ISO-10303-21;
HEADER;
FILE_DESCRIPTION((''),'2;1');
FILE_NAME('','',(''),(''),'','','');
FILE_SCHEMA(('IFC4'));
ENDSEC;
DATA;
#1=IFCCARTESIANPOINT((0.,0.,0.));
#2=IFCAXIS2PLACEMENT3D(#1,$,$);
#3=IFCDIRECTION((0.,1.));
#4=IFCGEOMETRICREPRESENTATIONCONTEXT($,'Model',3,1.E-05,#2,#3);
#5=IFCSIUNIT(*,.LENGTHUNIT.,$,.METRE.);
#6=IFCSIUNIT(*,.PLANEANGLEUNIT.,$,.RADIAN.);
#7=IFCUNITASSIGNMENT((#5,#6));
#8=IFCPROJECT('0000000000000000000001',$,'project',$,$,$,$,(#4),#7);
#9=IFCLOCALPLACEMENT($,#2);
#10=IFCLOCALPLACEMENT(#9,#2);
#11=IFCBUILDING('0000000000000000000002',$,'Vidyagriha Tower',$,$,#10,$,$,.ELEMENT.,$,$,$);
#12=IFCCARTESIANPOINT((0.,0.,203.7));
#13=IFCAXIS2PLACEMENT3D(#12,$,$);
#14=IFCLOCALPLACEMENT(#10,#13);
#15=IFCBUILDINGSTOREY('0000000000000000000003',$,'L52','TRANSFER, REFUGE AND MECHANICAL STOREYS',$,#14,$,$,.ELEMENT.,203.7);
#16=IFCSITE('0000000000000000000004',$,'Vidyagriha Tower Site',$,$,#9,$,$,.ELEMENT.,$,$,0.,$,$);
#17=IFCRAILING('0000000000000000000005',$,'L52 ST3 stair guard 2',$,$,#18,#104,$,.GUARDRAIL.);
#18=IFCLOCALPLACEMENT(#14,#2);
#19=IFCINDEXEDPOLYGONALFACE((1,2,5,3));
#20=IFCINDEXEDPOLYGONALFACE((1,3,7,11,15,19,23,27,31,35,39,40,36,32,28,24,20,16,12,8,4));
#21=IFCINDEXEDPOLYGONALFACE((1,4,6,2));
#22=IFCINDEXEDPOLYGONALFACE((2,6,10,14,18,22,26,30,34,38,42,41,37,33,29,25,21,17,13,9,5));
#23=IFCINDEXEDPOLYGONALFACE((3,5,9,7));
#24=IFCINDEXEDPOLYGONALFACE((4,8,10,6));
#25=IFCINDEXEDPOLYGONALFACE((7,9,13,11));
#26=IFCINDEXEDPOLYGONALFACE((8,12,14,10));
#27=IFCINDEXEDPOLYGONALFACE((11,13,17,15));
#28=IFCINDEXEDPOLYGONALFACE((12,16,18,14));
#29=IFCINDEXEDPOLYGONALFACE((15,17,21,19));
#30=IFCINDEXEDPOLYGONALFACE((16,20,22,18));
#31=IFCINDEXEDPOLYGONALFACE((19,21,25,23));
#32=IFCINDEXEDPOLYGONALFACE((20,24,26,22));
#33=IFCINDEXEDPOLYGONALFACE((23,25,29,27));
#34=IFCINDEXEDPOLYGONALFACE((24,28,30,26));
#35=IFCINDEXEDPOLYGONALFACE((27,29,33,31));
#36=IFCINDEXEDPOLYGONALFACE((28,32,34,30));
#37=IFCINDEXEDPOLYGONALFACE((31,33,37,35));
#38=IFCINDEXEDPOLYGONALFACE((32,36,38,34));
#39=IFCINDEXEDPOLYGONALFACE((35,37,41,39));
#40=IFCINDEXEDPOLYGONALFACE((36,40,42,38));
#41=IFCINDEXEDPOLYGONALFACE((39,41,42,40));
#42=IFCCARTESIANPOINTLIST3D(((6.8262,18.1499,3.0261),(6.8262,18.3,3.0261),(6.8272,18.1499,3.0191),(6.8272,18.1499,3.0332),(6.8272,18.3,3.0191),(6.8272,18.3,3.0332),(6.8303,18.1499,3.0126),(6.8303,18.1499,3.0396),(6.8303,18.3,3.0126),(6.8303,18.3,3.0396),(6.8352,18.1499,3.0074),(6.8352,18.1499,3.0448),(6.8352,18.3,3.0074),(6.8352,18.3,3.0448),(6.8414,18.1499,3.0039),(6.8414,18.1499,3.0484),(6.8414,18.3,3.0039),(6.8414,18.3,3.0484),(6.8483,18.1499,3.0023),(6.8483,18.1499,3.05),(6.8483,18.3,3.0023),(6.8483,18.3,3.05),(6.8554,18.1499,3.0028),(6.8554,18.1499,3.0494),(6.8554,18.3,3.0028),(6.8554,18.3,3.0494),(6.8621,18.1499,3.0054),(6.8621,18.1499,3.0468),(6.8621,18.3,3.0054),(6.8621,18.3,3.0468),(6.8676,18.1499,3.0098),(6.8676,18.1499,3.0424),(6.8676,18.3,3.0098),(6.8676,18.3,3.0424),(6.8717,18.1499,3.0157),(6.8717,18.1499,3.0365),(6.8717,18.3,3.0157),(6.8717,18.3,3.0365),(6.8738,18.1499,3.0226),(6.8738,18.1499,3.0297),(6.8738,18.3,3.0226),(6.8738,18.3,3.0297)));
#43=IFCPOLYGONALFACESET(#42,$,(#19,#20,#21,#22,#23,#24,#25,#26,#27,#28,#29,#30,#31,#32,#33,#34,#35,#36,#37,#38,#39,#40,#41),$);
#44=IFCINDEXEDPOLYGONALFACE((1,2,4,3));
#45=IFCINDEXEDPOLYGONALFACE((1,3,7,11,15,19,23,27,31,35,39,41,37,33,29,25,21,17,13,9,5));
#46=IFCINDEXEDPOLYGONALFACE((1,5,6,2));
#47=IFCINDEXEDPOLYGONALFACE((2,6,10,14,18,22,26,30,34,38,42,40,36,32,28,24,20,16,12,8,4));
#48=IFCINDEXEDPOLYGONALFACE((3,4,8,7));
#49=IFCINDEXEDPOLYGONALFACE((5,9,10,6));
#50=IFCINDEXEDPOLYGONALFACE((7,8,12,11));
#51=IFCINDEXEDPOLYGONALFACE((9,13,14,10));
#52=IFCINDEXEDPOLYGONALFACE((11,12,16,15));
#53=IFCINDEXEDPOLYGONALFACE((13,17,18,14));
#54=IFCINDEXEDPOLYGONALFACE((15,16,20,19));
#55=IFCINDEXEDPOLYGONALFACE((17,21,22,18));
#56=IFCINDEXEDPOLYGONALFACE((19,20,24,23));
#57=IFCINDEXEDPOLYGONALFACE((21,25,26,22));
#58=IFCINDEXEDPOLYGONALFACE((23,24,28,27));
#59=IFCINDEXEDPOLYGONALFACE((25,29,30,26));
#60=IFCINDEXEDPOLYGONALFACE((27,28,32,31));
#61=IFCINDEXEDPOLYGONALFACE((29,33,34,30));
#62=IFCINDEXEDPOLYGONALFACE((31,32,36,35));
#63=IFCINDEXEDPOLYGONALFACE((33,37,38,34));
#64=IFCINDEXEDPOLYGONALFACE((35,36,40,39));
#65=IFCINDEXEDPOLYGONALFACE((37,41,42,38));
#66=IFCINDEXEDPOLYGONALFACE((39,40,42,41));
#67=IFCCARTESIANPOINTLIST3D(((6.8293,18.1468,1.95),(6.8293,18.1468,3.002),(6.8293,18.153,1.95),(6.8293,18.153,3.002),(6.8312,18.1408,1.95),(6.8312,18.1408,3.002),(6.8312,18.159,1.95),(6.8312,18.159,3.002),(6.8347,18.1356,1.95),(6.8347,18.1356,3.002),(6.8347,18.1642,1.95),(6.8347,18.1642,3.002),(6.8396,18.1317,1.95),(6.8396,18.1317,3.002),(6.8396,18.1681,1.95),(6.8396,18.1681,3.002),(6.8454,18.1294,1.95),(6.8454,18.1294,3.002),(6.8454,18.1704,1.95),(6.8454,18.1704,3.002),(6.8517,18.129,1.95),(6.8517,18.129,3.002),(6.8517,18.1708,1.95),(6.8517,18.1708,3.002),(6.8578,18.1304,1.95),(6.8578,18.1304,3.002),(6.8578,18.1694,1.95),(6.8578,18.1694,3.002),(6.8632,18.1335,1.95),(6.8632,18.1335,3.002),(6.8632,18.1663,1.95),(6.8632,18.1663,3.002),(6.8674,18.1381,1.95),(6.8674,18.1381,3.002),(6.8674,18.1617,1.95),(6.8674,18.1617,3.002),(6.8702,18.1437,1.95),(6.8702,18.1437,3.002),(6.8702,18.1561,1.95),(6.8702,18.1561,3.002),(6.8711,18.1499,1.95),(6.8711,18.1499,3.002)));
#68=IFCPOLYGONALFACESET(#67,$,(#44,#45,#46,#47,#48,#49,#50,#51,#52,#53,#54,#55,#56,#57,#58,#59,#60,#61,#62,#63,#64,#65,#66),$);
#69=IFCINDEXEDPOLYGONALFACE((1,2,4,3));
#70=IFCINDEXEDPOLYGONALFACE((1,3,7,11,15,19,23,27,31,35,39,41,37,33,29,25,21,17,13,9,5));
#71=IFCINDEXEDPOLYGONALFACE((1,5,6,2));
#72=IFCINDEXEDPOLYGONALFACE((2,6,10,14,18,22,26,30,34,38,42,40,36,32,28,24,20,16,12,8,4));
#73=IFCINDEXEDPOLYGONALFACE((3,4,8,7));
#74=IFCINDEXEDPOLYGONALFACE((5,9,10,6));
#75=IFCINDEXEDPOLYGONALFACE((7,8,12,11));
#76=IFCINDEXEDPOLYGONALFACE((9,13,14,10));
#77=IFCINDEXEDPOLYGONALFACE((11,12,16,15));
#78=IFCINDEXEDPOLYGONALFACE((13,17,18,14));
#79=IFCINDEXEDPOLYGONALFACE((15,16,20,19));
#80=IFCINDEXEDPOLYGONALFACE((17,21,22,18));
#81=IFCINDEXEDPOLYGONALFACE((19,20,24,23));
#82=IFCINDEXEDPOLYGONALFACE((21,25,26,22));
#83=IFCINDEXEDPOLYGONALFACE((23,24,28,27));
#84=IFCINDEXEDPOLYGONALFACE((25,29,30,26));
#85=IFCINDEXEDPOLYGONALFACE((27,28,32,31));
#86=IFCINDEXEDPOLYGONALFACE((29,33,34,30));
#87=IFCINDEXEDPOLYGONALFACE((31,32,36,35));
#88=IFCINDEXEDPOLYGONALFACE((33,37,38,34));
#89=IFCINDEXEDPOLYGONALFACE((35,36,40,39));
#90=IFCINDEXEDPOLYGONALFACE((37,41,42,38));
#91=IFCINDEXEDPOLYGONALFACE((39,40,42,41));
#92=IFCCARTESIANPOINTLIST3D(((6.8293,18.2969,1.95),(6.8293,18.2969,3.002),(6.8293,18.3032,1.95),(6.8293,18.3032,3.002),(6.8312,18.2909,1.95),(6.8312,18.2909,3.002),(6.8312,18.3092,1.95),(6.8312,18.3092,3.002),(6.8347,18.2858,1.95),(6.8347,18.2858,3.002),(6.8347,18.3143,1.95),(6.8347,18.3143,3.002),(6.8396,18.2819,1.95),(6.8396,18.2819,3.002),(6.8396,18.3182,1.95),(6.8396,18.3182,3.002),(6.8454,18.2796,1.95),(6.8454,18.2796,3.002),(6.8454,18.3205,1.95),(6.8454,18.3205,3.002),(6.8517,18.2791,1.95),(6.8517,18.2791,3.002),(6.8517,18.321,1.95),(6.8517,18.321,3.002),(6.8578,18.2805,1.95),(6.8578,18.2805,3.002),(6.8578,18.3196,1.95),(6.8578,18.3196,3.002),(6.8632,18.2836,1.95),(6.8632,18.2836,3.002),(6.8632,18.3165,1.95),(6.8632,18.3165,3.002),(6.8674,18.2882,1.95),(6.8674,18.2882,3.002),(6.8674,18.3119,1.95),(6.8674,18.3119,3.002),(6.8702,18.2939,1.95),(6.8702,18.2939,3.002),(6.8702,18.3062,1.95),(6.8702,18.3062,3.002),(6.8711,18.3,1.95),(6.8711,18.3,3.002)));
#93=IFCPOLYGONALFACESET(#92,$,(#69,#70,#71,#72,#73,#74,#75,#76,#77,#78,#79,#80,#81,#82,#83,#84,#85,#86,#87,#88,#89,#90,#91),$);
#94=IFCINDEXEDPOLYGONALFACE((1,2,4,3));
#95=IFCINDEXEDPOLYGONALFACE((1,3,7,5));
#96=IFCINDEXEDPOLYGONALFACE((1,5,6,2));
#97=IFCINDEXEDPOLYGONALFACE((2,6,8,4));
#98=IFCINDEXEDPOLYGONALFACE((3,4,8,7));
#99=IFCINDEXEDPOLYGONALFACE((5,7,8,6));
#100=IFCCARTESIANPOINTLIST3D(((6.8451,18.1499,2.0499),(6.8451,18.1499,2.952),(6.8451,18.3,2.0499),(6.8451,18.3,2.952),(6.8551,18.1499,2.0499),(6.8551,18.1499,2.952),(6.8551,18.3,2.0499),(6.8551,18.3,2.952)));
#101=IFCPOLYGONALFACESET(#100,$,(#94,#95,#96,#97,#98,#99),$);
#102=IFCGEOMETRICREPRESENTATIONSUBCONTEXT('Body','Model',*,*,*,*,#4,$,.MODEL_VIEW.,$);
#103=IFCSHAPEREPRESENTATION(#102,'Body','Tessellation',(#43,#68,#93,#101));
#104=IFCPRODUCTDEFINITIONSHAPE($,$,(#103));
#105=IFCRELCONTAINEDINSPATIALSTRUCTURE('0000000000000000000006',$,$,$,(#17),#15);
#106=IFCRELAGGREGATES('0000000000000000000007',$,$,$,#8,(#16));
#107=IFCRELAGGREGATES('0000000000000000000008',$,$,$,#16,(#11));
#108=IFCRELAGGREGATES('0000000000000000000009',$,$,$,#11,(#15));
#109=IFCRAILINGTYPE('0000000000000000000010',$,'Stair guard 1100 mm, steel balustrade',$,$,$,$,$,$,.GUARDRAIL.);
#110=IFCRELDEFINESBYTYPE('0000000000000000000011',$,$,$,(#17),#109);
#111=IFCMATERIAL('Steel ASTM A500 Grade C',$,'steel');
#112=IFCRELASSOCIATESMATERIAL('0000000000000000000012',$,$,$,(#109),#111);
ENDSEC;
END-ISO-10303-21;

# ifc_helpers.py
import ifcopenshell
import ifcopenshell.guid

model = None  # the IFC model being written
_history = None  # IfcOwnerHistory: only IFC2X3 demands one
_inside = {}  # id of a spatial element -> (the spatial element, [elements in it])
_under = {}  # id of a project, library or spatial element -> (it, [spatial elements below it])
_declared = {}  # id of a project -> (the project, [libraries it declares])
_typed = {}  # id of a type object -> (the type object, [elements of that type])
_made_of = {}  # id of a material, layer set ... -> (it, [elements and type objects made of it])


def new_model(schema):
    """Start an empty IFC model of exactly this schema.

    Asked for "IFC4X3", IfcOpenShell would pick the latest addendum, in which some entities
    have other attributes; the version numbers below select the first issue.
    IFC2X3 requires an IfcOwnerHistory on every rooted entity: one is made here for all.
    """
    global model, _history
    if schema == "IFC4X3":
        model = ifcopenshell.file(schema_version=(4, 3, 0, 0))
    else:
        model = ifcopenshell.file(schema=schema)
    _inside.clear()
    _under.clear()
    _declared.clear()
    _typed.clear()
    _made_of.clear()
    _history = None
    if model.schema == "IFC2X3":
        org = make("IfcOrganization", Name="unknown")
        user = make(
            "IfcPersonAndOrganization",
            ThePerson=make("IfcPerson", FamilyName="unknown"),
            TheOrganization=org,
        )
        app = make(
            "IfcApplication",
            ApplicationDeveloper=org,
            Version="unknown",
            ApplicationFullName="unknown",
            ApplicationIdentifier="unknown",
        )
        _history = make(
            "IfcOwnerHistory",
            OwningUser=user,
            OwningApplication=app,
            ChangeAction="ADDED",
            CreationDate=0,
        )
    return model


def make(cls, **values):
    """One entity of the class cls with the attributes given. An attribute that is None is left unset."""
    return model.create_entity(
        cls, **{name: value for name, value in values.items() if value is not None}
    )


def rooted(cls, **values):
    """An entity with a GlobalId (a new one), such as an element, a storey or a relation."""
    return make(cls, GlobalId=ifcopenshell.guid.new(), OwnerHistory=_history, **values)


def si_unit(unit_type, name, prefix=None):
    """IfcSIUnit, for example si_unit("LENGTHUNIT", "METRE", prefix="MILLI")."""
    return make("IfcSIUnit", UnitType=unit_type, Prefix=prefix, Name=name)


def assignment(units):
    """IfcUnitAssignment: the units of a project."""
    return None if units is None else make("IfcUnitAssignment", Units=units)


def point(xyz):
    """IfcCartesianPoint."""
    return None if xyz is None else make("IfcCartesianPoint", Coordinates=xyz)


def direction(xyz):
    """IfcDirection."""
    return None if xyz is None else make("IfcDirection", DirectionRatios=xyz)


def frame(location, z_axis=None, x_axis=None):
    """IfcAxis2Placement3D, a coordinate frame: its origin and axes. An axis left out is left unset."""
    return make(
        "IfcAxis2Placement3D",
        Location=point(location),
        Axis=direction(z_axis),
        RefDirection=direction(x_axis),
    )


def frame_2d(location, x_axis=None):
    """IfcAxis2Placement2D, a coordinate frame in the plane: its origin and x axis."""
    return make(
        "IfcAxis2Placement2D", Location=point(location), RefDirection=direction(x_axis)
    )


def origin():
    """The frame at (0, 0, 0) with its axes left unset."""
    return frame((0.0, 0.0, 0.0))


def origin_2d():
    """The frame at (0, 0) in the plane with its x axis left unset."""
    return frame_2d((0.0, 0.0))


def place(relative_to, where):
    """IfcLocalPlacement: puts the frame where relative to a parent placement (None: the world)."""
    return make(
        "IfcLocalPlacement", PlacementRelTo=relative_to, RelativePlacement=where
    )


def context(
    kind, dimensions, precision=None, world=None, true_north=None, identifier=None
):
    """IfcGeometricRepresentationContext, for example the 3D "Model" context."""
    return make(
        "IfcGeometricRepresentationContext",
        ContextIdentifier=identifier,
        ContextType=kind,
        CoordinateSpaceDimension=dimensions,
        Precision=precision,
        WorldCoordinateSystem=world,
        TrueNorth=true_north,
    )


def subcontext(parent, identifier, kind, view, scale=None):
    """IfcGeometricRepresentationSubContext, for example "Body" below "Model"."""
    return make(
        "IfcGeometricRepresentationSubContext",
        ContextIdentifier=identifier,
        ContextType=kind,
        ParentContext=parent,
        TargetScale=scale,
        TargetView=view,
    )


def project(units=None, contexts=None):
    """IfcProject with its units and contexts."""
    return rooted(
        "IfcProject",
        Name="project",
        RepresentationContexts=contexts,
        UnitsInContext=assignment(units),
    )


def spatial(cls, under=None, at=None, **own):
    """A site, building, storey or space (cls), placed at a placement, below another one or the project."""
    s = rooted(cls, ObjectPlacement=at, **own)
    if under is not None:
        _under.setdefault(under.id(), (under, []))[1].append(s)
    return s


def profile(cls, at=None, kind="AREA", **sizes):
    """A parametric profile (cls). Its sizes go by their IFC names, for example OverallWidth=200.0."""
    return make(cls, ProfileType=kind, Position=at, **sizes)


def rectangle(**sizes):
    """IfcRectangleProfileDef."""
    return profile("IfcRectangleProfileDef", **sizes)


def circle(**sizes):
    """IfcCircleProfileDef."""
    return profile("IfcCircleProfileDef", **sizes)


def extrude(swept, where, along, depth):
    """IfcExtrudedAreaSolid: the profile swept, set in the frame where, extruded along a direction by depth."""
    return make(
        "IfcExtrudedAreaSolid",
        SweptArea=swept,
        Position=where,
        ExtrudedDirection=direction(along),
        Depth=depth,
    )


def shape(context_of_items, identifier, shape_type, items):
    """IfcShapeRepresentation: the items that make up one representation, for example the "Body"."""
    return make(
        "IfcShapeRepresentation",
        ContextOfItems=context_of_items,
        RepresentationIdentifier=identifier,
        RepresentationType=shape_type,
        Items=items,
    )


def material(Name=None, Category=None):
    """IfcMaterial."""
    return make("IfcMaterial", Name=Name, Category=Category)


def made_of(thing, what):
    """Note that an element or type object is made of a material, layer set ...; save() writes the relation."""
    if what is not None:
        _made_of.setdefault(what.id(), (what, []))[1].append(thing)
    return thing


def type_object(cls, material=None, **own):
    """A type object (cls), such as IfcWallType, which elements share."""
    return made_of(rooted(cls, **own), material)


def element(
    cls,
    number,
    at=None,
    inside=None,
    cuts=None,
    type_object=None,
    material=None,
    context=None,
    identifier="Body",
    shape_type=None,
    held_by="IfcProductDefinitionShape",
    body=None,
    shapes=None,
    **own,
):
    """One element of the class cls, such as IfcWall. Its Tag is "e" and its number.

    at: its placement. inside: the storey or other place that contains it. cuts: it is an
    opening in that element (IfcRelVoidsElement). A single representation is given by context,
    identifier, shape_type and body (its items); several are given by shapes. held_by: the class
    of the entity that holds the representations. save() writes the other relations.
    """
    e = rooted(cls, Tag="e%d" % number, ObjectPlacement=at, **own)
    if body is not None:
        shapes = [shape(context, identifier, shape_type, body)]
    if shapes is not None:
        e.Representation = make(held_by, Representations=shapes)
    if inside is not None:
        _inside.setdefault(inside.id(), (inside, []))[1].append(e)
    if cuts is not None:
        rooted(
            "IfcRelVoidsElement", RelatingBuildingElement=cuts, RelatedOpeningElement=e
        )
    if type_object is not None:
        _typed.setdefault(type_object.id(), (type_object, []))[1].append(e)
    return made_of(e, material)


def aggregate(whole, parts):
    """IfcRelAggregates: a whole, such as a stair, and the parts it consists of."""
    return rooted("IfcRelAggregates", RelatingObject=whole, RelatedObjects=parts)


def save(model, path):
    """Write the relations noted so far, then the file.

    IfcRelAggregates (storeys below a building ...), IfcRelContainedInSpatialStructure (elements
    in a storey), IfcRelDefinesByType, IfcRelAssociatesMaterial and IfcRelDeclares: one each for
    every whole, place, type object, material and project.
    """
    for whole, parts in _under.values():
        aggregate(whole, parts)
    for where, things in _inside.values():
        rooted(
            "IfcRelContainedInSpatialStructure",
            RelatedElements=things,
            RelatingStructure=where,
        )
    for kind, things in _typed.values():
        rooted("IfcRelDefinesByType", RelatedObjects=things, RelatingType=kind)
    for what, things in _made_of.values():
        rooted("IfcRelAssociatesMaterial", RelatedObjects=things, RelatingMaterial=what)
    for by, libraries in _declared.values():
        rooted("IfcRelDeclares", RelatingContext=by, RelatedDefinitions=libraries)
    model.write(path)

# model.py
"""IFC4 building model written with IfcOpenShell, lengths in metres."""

from ifc_helpers import new_model, si_unit, direction, frame, origin, origin_2d, place, context, subcontext, project, spatial, rectangle, circle, extrude, material, type_object, element, save


model = new_model("IFC4")

# Units and contexts
model_context = context("Model", 3, precision=1e-05, world=origin(), true_north=direction((0.0, 1.0)))
body_context = subcontext(model_context, "Body", "Model", "MODEL_VIEW")
ifc_project = project(units=[si_unit("LENGTHUNIT", "METRE"), si_unit("PLANEANGLEUNIT", "RADIAN")], contexts=[model_context])

# Site, building, storey
site_placement = place(None, origin())
site = spatial("IfcSite", under=ifc_project, at=site_placement, Name="Vidyagriha Tower Site", CompositionType="ELEMENT", RefElevation=0.0)
building_placement = place(site_placement, origin())
building = spatial("IfcBuilding", under=site, at=building_placement, Name="Vidyagriha Tower", CompositionType="ELEMENT")
storey_placement = place(building_placement, frame((0.0, 0.0, 203.7)))
storey = spatial("IfcBuildingStorey", under=building, at=storey_placement, Name="L52", Description="TRANSFER, REFUGE AND MECHANICAL STOREYS", CompositionType="ELEMENT", Elevation=203.7)

# Railing
ifc_material_1 = material(Name="Steel ASTM A500 Grade C", Category="steel")
railing_type_1 = type_object("IfcRailingType", Name="Stair guard 1100 mm, steel balustrade", PredefinedType="GUARDRAIL", material=ifc_material_1)
railing_1_placement = place(storey_placement, frame((6.8501, 18.1499, 1.95)))
element("IfcRailing", 1, at=railing_1_placement, inside=storey, type_object=railing_type_1, Name="L52 ST3 stair guard 2", PredefinedType="GUARDRAIL", context=body_context, shape_type="SweptSolid", body=[
    extrude(circle(Radius=0.0239, at=origin_2d()), frame((0.0, 0.0, 1.0762), z_axis=(0.0, 1.0, 0.0), x_axis=(-1.0, 0.0, 0.0)), (0.0, 0.0, 1.0), 0.1501),
    extrude(circle(Radius=0.021, at=origin_2d()), origin(), (0.0, 0.0, 1.0), 1.052),
    extrude(circle(Radius=0.021, at=origin_2d()), frame((0.0, 0.1501, 0.0)), (0.0, 0.0, 1.0), 1.052),
    extrude(rectangle(XDim=0.01, YDim=0.9021, at=origin_2d()), frame((0.0, 0.0, 0.551), z_axis=(0.0, 1.0, 0.0), x_axis=(-1.0, 0.0, 0.0)), (0.0, 0.0, 1.0), 0.1501),
])

save(model, "model.ifc")
